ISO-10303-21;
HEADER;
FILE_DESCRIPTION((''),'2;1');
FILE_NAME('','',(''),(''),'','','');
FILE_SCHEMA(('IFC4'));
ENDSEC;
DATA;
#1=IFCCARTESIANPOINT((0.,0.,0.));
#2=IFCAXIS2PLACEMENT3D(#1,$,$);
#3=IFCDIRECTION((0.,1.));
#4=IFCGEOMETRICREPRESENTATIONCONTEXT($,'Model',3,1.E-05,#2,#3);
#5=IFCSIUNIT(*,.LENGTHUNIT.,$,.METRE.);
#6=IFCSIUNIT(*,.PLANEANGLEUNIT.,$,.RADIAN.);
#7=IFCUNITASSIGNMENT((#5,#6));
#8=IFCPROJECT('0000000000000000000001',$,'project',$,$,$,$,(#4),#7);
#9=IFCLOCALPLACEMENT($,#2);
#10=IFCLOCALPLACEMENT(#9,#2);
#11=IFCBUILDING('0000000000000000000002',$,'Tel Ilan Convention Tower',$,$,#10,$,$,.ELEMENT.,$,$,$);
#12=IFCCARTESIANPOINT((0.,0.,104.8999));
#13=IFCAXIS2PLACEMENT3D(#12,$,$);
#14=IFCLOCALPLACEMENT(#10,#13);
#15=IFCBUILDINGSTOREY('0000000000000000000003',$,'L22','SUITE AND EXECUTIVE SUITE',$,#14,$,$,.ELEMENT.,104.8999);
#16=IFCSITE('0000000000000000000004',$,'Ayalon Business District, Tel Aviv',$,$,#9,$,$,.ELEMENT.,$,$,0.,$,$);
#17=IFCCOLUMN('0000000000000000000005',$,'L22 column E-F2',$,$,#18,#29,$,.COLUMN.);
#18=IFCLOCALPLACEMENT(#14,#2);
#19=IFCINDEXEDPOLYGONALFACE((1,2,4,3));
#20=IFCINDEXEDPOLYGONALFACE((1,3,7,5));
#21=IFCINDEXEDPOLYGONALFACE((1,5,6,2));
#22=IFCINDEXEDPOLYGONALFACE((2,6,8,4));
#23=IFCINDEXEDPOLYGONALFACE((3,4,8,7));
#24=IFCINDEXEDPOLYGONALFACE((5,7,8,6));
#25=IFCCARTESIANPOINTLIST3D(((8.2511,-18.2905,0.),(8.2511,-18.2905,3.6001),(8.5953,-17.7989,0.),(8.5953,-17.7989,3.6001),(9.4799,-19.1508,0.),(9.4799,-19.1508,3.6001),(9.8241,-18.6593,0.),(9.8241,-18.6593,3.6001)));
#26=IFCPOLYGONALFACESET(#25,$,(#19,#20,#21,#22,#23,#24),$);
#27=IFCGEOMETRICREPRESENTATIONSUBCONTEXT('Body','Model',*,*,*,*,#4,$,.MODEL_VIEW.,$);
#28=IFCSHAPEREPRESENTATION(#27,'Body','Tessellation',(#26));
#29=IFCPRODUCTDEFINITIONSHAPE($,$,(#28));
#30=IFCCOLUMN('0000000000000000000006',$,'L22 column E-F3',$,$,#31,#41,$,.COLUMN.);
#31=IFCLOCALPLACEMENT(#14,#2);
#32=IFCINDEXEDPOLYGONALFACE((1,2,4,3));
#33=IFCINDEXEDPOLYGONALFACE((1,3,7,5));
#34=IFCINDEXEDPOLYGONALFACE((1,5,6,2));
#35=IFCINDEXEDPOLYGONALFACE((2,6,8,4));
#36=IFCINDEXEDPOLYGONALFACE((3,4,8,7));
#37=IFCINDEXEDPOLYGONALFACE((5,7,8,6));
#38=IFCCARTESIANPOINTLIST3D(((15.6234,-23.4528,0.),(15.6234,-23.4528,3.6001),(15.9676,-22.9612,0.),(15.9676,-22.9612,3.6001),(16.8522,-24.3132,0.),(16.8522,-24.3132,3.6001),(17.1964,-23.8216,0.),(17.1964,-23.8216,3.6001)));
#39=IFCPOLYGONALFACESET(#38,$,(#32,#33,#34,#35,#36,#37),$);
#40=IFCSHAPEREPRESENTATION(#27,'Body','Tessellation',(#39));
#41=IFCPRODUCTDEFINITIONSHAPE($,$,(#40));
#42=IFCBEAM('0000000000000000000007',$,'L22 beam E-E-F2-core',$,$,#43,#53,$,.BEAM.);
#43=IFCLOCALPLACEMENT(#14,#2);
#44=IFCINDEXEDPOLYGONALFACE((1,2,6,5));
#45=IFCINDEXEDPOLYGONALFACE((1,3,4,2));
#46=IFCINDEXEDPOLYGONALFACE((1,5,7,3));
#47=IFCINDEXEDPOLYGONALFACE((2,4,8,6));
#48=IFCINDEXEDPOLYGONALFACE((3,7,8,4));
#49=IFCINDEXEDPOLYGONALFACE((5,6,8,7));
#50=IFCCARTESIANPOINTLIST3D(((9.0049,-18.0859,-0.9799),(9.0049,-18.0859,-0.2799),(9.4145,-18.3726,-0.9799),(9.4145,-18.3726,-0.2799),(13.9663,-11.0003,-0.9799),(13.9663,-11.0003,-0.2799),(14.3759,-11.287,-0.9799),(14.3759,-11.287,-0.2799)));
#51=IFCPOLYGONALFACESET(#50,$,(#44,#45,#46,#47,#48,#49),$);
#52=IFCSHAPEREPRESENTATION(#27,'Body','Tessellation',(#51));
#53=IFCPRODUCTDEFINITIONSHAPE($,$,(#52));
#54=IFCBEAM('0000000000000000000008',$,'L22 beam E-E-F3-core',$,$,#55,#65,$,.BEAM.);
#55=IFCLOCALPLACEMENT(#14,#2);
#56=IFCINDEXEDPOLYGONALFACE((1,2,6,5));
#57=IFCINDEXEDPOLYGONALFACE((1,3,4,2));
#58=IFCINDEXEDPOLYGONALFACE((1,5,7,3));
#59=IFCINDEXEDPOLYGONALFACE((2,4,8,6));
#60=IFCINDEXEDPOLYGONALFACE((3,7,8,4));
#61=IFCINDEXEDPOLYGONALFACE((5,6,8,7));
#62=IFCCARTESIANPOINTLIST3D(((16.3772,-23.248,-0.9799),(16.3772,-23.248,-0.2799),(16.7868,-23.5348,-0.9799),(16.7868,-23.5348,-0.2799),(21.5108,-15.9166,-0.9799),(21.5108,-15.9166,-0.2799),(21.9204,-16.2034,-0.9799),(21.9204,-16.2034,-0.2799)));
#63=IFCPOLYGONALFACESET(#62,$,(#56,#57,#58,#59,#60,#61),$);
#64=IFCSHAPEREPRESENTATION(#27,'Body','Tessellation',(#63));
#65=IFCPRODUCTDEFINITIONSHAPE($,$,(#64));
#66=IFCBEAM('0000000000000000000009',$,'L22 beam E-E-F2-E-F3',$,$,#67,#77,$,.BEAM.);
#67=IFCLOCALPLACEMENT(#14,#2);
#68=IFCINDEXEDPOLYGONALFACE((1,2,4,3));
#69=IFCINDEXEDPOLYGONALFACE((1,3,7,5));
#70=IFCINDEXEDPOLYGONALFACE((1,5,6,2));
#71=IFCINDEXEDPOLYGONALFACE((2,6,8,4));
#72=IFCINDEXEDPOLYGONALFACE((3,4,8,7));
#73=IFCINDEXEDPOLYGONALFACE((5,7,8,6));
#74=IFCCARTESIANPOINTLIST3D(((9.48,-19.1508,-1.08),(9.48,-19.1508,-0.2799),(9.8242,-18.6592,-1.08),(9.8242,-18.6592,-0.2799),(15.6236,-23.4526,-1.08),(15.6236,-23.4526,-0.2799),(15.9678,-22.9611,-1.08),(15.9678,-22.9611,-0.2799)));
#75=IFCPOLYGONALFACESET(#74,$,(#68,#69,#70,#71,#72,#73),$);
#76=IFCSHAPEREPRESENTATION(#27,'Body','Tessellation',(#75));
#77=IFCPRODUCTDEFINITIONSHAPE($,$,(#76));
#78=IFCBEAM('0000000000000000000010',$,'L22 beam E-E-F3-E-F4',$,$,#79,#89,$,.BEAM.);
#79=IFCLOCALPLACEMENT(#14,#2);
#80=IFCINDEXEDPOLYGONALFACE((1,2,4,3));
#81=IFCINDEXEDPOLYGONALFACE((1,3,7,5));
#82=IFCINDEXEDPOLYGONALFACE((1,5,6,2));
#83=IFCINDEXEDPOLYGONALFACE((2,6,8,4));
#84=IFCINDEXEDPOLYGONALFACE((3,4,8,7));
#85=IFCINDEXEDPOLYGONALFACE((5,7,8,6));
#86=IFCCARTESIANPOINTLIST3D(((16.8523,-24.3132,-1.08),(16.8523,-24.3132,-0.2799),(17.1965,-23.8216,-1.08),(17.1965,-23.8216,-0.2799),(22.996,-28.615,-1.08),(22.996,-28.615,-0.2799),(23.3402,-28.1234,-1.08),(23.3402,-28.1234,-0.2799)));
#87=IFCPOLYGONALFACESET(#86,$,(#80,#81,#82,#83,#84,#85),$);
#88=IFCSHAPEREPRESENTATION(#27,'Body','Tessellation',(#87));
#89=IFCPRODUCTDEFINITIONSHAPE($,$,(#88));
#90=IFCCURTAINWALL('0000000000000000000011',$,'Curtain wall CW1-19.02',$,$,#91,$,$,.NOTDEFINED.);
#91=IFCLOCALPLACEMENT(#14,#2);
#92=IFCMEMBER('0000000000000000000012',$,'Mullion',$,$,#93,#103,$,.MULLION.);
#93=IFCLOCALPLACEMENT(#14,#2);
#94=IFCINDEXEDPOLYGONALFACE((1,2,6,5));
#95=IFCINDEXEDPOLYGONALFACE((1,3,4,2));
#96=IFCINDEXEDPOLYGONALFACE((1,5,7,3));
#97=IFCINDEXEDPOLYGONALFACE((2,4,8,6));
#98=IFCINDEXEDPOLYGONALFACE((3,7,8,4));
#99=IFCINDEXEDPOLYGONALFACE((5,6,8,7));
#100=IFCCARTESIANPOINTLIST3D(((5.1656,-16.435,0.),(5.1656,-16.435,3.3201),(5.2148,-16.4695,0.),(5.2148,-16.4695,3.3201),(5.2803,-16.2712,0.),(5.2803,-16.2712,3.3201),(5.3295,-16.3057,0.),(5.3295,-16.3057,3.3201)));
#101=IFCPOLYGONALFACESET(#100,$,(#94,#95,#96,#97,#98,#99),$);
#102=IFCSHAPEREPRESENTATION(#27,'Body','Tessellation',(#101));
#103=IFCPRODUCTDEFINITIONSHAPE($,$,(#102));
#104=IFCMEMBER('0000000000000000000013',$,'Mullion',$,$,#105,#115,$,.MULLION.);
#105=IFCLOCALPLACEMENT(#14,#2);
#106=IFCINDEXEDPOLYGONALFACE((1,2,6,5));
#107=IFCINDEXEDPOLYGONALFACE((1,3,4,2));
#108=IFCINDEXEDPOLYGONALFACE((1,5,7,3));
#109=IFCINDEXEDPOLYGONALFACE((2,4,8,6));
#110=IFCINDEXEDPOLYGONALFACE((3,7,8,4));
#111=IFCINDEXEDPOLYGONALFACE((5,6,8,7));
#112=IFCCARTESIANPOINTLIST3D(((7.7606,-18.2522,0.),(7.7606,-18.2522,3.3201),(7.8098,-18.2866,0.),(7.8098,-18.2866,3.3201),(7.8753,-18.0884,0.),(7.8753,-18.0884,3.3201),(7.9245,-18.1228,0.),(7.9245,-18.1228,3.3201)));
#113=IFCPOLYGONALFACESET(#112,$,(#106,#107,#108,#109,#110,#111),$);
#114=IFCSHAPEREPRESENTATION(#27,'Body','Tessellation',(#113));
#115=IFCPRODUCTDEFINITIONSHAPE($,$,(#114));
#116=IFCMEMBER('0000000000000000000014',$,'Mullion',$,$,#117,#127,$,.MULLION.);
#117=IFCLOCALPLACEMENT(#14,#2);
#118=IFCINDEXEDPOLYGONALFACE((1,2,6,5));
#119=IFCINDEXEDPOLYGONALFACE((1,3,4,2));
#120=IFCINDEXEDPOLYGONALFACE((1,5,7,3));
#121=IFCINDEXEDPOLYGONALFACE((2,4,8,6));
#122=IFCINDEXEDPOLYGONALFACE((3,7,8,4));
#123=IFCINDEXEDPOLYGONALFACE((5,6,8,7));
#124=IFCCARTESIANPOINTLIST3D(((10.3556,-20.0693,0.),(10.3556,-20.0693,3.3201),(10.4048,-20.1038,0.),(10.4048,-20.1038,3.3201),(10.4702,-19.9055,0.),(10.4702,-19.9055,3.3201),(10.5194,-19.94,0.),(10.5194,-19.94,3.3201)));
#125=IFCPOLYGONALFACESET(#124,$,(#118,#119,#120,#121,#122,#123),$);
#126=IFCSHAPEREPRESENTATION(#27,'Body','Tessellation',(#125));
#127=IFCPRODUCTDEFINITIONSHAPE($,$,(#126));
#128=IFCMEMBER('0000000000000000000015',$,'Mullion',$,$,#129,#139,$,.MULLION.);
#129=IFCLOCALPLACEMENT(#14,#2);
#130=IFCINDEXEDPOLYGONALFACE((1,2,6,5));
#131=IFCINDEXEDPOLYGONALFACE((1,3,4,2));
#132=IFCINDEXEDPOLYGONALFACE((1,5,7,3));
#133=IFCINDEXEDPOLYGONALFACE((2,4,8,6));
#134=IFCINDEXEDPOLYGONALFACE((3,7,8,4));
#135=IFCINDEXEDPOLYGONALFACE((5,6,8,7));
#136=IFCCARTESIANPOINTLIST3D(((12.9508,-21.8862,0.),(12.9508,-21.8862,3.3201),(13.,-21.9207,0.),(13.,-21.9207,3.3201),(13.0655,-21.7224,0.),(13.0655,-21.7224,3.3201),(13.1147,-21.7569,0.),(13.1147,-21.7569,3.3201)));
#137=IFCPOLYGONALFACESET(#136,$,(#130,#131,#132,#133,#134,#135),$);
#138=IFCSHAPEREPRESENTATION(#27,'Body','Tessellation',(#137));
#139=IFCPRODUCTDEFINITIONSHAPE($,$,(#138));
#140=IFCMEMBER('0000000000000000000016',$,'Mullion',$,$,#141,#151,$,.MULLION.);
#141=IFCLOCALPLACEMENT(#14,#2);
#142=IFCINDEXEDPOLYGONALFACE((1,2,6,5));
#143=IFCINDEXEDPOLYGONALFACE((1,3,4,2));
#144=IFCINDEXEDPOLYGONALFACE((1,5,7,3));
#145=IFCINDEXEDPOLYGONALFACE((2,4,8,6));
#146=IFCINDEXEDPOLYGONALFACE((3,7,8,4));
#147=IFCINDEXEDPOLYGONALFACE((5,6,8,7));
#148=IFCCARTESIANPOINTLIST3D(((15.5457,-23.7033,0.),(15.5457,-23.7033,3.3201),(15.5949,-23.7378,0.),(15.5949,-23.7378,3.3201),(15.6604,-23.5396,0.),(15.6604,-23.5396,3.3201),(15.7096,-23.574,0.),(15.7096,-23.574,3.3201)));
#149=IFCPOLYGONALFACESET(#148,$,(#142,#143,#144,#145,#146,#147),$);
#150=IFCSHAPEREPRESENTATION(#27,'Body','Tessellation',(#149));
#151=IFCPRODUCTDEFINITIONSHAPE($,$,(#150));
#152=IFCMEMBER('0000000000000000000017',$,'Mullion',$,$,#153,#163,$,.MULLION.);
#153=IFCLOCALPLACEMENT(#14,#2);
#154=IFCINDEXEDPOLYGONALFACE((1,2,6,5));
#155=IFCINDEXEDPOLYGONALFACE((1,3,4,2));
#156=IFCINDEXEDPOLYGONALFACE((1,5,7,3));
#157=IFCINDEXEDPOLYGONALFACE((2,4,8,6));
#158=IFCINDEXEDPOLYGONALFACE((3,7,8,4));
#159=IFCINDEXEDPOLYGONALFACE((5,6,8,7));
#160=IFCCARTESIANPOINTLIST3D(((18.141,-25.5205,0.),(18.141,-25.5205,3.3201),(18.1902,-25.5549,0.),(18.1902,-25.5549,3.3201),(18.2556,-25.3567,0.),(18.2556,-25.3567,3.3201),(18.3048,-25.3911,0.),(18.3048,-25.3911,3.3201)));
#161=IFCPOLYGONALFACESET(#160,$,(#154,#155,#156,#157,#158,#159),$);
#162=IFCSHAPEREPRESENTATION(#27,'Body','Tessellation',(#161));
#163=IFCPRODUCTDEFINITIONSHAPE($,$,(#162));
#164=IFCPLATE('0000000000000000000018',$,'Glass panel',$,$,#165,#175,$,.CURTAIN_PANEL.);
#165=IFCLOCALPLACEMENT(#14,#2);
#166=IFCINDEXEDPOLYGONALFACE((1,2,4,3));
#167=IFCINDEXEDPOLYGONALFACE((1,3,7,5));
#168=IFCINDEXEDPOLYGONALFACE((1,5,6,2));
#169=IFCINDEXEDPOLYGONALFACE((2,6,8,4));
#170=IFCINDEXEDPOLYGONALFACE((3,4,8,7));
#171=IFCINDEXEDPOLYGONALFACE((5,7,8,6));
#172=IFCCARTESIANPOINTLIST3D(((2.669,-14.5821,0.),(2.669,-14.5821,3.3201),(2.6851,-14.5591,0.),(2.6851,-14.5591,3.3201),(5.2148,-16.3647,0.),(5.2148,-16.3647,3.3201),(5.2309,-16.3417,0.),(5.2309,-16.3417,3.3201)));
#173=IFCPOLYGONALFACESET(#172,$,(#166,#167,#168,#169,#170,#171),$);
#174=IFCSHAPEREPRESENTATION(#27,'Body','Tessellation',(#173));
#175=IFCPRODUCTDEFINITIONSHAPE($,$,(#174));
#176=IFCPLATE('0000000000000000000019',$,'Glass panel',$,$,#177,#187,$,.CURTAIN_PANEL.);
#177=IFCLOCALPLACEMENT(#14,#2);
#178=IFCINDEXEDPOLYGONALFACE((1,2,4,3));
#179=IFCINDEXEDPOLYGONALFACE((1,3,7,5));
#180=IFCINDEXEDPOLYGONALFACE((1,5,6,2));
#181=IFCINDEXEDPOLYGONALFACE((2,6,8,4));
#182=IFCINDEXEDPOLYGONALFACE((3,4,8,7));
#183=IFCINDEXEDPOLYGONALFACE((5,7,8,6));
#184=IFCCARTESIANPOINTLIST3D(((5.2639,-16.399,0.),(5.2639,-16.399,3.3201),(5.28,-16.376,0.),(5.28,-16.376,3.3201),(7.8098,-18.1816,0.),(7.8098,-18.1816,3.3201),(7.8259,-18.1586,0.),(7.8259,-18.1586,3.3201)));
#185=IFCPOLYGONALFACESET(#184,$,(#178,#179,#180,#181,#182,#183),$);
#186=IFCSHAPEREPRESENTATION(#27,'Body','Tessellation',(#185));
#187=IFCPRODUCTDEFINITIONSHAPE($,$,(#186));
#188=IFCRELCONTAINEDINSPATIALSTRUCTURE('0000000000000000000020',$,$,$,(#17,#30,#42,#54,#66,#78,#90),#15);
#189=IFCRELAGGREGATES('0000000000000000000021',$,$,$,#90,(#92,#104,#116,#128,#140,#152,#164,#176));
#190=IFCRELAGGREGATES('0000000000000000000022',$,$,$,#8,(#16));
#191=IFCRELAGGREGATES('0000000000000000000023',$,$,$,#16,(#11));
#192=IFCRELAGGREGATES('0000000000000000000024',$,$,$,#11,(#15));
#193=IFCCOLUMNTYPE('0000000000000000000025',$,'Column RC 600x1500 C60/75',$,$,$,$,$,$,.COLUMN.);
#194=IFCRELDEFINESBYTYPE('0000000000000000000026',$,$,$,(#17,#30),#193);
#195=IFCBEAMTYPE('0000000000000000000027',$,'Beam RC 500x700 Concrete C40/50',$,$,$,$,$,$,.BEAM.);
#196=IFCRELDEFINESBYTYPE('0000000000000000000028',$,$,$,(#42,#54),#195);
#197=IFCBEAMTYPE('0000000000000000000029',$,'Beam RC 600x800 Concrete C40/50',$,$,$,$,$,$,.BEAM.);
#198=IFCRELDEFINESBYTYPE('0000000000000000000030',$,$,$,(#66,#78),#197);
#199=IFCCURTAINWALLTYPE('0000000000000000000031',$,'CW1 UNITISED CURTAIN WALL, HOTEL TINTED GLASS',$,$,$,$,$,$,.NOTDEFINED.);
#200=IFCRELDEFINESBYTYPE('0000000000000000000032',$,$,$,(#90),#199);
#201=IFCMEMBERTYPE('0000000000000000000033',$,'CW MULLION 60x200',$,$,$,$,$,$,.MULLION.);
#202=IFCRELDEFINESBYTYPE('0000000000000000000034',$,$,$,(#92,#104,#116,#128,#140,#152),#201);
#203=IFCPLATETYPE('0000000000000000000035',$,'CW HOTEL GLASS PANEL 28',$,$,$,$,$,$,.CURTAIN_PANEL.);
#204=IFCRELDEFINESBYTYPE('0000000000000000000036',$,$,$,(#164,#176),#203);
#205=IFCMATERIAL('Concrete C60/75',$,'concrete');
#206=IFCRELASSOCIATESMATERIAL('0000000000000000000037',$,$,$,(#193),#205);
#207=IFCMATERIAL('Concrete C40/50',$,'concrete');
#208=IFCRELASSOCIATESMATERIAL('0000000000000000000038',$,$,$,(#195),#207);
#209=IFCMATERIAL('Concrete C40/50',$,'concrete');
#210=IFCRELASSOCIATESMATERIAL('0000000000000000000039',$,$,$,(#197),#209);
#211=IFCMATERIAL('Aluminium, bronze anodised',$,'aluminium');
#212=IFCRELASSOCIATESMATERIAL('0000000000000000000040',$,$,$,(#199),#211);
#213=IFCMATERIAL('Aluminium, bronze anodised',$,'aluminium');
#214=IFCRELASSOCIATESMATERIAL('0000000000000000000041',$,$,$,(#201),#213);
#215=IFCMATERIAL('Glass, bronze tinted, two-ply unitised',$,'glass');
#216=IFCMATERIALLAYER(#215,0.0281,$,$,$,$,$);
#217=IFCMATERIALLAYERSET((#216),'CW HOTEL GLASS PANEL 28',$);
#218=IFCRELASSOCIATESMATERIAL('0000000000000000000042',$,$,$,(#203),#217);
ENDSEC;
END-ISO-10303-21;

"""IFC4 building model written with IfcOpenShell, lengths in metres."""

from ifc_helpers import new_model, si_unit, direction, frame, origin, origin_2d, place, context, subcontext, project, spatial, rectangle, extrude, material, layer, layer_set, material_profile, profile_set, type_object, element, aggregate, save


model = new_model("IFC4")

# Units and contexts
model_context = context("Model", 3, precision=1e-05, world=origin(), true_north=direction((0.0, 1.0)))
body_context = subcontext(model_context, "Body", "Model", "MODEL_VIEW")
ifc_project = project(units=[si_unit("LENGTHUNIT", "METRE"), si_unit("PLANEANGLEUNIT", "RADIAN")], contexts=[model_context])

# Site, building, storey
site_placement = place(None, origin())
site = spatial("IfcSite", under=ifc_project, at=site_placement, Name="Ayalon Business District, Tel Aviv", CompositionType="ELEMENT", RefElevation=0.0)
building_placement = place(site_placement, origin())
building = spatial("IfcBuilding", under=site, at=building_placement, Name="Tel Ilan Convention Tower", CompositionType="ELEMENT")
storey_placement = place(building_placement, frame((0.0, 0.0, 104.8999)))
storey = spatial("IfcBuildingStorey", under=building, at=storey_placement, Name="L22", Description="SUITE AND EXECUTIVE SUITE", CompositionType="ELEMENT", Elevation=104.8999)

# Columns
ifc_material_1 = material(Name="Concrete C60/75", Category="concrete")
ifc_material_profile_1 = material_profile(ifc_material_1, rectangle(XDim=1.5, YDim=0.6001, at=origin_2d()), Name="RC 600x1500")
ifc_profile_set_1 = profile_set([ifc_material_profile_1], Name="Concrete C60/75")
column_type = type_object("IfcColumnType", Name="Column RC 600x1500 C60/75", PredefinedType="COLUMN", material=ifc_profile_set_1)
for number, where, z_axis, x_axis, name in (
    (1, (9.0376, -18.4749, 0.0), (0.0, 0.0, 1.0), (0.819152, -0.573576, 0.0), "L22 column E-F2"),
    (2, (16.4099, -23.6372, 0.0), (0.0, 0.0, 1.0), (0.819152, -0.573576, 0.0), "L22 column E-F3"),
):
    element("IfcColumn", number, at=place(storey_placement, frame(where, z_axis=z_axis, x_axis=x_axis)), inside=storey, type_object=column_type, Name=name, PredefinedType="COLUMN", context=body_context, shape_type="SweptSolid", body=[
        extrude(rectangle(XDim=1.5, YDim=0.6001, at=origin_2d()), origin(), (0.0, 0.0, 1.0), 3.6001),
    ])

# Beams
ifc_material_2 = material(Name="Concrete C40/50", Category="concrete")
ifc_material_profile_2 = material_profile(ifc_material_2, rectangle(XDim=0.5, YDim=0.7, at=origin_2d()), Name="RC 500x700")
ifc_profile_set_2 = profile_set([ifc_material_profile_2], Name="Concrete C40/50")
beam_type_1 = type_object("IfcBeamType", Name="Beam RC 500x700 Concrete C40/50", PredefinedType="BEAM", material=ifc_profile_set_2)
beam_1_placement = place(storey_placement, frame((9.2097, -18.2292, -0.6299), z_axis=(0.573574, 0.819154, 0.0), x_axis=(-0.819154, 0.573574, 0.0)))
element("IfcBeam", 3, at=beam_1_placement, inside=storey, type_object=beam_type_1, Name="L22 beam E-E-F2-core", PredefinedType="BEAM", context=body_context, shape_type="SweptSolid", body=[
    extrude(rectangle(XDim=0.5, YDim=0.7, at=origin_2d()), origin(), (0.0, 0.0, 1.0), 8.6499),
])
beam_2_placement = place(storey_placement, frame((16.582, -23.3914, -0.6299), z_axis=(0.573585, 0.819146, 0.0), x_axis=(-0.819146, 0.573585, 0.0)))
element("IfcBeam", 4, at=beam_2_placement, inside=storey, type_object=beam_type_1, Name="L22 beam E-E-F3-core", PredefinedType="BEAM", context=body_context, shape_type="SweptSolid", body=[
    extrude(rectangle(XDim=0.5, YDim=0.7, at=origin_2d()), origin(), (0.0, 0.0, 1.0), 8.95),
])
ifc_material_3 = material(Name="Concrete C40/50", Category="concrete")
ifc_material_profile_3 = material_profile(ifc_material_3, rectangle(XDim=0.6001, YDim=0.8, at=origin_2d()), Name="RC 600x800")
ifc_profile_set_3 = profile_set([ifc_material_profile_3], Name="Concrete C40/50")
beam_type_2 = type_object("IfcBeamType", Name="Beam RC 600x800 Concrete C40/50", PredefinedType="BEAM", material=ifc_profile_set_3)
for number, where, z_axis, x_axis, name in (
    (5, (9.6521, -18.905, -0.6799), (0.819152, -0.573576, 0.0), (0.573576, 0.819152, 0.0), "L22 beam E-E-F2-E-F3"),
    (6, (17.0244, -24.0674, -0.6799), (0.819152, -0.573576, 0.0), (0.573576, 0.819152, 0.0), "L22 beam E-E-F3-E-F4"),
):
    element("IfcBeam", number, at=place(storey_placement, frame(where, z_axis=z_axis, x_axis=x_axis)), inside=storey, type_object=beam_type_2, Name=name, PredefinedType="BEAM", context=body_context, shape_type="SweptSolid", body=[
        extrude(rectangle(XDim=0.6001, YDim=0.8, at=origin_2d()), origin(), (0.0, 0.0, 1.0), 7.5),
    ])

# Curtain wall, members, plates
ifc_material_4 = material(Name="Aluminium, bronze anodised", Category="aluminium")
curtain_wall_type = type_object("IfcCurtainWallType", Name="CW1 UNITISED CURTAIN WALL, HOTEL TINTED GLASS", PredefinedType="NOTDEFINED", material=ifc_material_4)
curtain_wall_placement = place(storey_placement, origin())
curtain_wall = element("IfcCurtainWall", 7, at=curtain_wall_placement, inside=storey, type_object=curtain_wall_type, Name="Curtain wall CW1-19.02", PredefinedType="NOTDEFINED")
ifc_material_5 = material(Name="Aluminium, bronze anodised", Category="aluminium")
ifc_material_profile_4 = material_profile(ifc_material_5, rectangle(XDim=0.0601, YDim=0.2, at=origin_2d()), Name="CW MULLION 60x200")
ifc_profile_set_4 = profile_set([ifc_material_profile_4], Name="Aluminium, bronze anodised")
member_type = type_object("IfcMemberType", Name="CW MULLION 60x200", PredefinedType="MULLION", material=ifc_profile_set_4)
member_1_placement = place(storey_placement, frame((5.2476, -16.3704, 0.0), z_axis=(0.0, 0.0, 1.0), x_axis=(0.819152, -0.573576, 0.0)))
member_1 = element("IfcMember", 8, at=member_1_placement, type_object=member_type, Name="Mullion", PredefinedType="MULLION", context=body_context, shape_type="SweptSolid", body=[
    extrude(rectangle(XDim=0.0601, YDim=0.2, at=origin_2d()), origin(), (0.0, 0.0, 1.0), 3.3201),
])
member_2_placement = place(storey_placement, frame((7.8425, -18.1875, 0.0), z_axis=(0.0, 0.0, 1.0), x_axis=(0.819152, -0.573576, 0.0)))
member_2 = element("IfcMember", 9, at=member_2_placement, type_object=member_type, Name="Mullion", PredefinedType="MULLION", context=body_context, shape_type="SweptSolid", body=[
    extrude(rectangle(XDim=0.0601, YDim=0.2, at=origin_2d()), origin(), (0.0, 0.0, 1.0), 3.3201),
])
member_3_placement = place(storey_placement, frame((10.4375, -20.0046, 0.0), z_axis=(0.0, 0.0, 1.0), x_axis=(0.819152, -0.573576, 0.0)))
member_3 = element("IfcMember", 10, at=member_3_placement, type_object=member_type, Name="Mullion", PredefinedType="MULLION", context=body_context, shape_type="SweptSolid", body=[
    extrude(rectangle(XDim=0.0601, YDim=0.2, at=origin_2d()), origin(), (0.0, 0.0, 1.0), 3.3201),
])
member_4_placement = place(storey_placement, frame((13.0327, -21.8215, 0.0), z_axis=(0.0, 0.0, 1.0), x_axis=(0.819152, -0.573576, 0.0)))
member_4 = element("IfcMember", 11, at=member_4_placement, type_object=member_type, Name="Mullion", PredefinedType="MULLION", context=body_context, shape_type="SweptSolid", body=[
    extrude(rectangle(XDim=0.0601, YDim=0.2, at=origin_2d()), origin(), (0.0, 0.0, 1.0), 3.3201),
])
member_5_placement = place(storey_placement, frame((15.6277, -23.6387, 0.0), z_axis=(0.0, 0.0, 1.0), x_axis=(0.819152, -0.573576, 0.0)))
member_5 = element("IfcMember", 12, at=member_5_placement, type_object=member_type, Name="Mullion", PredefinedType="MULLION", context=body_context, shape_type="SweptSolid", body=[
    extrude(rectangle(XDim=0.0601, YDim=0.2, at=origin_2d()), origin(), (0.0, 0.0, 1.0), 3.3201),
])
member_6_placement = place(storey_placement, frame((18.2229, -25.4558, 0.0), z_axis=(0.0, 0.0, 1.0), x_axis=(0.819152, -0.573576, 0.0)))
member_6 = element("IfcMember", 13, at=member_6_placement, type_object=member_type, Name="Mullion", PredefinedType="MULLION", context=body_context, shape_type="SweptSolid", body=[
    extrude(rectangle(XDim=0.0601, YDim=0.2, at=origin_2d()), origin(), (0.0, 0.0, 1.0), 3.3201),
])
ifc_material_6 = material(Name="Glass, bronze tinted, two-ply unitised", Category="glass")
ifc_layer_1 = layer(ifc_material_6, 0.0281)
ifc_layer_set_1 = layer_set([ifc_layer_1], Name="CW HOTEL GLASS PANEL 28")
plate_type = type_object("IfcPlateType", Name="CW HOTEL GLASS PANEL 28", PredefinedType="CURTAIN_PANEL", material=ifc_layer_set_1)
plate_1_placement = place(storey_placement, frame((3.95, -15.4619, 0.0), z_axis=(0.0, 0.0, 1.0), x_axis=(0.819152, -0.573576, 0.0)))
plate_1 = element("IfcPlate", 14, at=plate_1_placement, type_object=plate_type, Name="Glass panel", PredefinedType="CURTAIN_PANEL", context=body_context, shape_type="SweptSolid", body=[
    extrude(rectangle(XDim=3.1079, YDim=0.0281, at=origin_2d()), origin(), (0.0, 0.0, 1.0), 3.3201),
])
plate_2_placement = place(storey_placement, frame((6.5449, -17.2788, 0.0), z_axis=(0.0, 0.0, 1.0), x_axis=(0.819152, -0.573576, 0.0)))
plate_2 = element("IfcPlate", 15, at=plate_2_placement, type_object=plate_type, Name="Glass panel", PredefinedType="CURTAIN_PANEL", context=body_context, shape_type="SweptSolid", body=[
    extrude(rectangle(XDim=3.1079, YDim=0.0281, at=origin_2d()), origin(), (0.0, 0.0, 1.0), 3.3201),
])
aggregate(curtain_wall, [member_1, member_2, member_3, member_4, member_5, member_6, plate_1, plate_2])

save(model, "model.ifc")
